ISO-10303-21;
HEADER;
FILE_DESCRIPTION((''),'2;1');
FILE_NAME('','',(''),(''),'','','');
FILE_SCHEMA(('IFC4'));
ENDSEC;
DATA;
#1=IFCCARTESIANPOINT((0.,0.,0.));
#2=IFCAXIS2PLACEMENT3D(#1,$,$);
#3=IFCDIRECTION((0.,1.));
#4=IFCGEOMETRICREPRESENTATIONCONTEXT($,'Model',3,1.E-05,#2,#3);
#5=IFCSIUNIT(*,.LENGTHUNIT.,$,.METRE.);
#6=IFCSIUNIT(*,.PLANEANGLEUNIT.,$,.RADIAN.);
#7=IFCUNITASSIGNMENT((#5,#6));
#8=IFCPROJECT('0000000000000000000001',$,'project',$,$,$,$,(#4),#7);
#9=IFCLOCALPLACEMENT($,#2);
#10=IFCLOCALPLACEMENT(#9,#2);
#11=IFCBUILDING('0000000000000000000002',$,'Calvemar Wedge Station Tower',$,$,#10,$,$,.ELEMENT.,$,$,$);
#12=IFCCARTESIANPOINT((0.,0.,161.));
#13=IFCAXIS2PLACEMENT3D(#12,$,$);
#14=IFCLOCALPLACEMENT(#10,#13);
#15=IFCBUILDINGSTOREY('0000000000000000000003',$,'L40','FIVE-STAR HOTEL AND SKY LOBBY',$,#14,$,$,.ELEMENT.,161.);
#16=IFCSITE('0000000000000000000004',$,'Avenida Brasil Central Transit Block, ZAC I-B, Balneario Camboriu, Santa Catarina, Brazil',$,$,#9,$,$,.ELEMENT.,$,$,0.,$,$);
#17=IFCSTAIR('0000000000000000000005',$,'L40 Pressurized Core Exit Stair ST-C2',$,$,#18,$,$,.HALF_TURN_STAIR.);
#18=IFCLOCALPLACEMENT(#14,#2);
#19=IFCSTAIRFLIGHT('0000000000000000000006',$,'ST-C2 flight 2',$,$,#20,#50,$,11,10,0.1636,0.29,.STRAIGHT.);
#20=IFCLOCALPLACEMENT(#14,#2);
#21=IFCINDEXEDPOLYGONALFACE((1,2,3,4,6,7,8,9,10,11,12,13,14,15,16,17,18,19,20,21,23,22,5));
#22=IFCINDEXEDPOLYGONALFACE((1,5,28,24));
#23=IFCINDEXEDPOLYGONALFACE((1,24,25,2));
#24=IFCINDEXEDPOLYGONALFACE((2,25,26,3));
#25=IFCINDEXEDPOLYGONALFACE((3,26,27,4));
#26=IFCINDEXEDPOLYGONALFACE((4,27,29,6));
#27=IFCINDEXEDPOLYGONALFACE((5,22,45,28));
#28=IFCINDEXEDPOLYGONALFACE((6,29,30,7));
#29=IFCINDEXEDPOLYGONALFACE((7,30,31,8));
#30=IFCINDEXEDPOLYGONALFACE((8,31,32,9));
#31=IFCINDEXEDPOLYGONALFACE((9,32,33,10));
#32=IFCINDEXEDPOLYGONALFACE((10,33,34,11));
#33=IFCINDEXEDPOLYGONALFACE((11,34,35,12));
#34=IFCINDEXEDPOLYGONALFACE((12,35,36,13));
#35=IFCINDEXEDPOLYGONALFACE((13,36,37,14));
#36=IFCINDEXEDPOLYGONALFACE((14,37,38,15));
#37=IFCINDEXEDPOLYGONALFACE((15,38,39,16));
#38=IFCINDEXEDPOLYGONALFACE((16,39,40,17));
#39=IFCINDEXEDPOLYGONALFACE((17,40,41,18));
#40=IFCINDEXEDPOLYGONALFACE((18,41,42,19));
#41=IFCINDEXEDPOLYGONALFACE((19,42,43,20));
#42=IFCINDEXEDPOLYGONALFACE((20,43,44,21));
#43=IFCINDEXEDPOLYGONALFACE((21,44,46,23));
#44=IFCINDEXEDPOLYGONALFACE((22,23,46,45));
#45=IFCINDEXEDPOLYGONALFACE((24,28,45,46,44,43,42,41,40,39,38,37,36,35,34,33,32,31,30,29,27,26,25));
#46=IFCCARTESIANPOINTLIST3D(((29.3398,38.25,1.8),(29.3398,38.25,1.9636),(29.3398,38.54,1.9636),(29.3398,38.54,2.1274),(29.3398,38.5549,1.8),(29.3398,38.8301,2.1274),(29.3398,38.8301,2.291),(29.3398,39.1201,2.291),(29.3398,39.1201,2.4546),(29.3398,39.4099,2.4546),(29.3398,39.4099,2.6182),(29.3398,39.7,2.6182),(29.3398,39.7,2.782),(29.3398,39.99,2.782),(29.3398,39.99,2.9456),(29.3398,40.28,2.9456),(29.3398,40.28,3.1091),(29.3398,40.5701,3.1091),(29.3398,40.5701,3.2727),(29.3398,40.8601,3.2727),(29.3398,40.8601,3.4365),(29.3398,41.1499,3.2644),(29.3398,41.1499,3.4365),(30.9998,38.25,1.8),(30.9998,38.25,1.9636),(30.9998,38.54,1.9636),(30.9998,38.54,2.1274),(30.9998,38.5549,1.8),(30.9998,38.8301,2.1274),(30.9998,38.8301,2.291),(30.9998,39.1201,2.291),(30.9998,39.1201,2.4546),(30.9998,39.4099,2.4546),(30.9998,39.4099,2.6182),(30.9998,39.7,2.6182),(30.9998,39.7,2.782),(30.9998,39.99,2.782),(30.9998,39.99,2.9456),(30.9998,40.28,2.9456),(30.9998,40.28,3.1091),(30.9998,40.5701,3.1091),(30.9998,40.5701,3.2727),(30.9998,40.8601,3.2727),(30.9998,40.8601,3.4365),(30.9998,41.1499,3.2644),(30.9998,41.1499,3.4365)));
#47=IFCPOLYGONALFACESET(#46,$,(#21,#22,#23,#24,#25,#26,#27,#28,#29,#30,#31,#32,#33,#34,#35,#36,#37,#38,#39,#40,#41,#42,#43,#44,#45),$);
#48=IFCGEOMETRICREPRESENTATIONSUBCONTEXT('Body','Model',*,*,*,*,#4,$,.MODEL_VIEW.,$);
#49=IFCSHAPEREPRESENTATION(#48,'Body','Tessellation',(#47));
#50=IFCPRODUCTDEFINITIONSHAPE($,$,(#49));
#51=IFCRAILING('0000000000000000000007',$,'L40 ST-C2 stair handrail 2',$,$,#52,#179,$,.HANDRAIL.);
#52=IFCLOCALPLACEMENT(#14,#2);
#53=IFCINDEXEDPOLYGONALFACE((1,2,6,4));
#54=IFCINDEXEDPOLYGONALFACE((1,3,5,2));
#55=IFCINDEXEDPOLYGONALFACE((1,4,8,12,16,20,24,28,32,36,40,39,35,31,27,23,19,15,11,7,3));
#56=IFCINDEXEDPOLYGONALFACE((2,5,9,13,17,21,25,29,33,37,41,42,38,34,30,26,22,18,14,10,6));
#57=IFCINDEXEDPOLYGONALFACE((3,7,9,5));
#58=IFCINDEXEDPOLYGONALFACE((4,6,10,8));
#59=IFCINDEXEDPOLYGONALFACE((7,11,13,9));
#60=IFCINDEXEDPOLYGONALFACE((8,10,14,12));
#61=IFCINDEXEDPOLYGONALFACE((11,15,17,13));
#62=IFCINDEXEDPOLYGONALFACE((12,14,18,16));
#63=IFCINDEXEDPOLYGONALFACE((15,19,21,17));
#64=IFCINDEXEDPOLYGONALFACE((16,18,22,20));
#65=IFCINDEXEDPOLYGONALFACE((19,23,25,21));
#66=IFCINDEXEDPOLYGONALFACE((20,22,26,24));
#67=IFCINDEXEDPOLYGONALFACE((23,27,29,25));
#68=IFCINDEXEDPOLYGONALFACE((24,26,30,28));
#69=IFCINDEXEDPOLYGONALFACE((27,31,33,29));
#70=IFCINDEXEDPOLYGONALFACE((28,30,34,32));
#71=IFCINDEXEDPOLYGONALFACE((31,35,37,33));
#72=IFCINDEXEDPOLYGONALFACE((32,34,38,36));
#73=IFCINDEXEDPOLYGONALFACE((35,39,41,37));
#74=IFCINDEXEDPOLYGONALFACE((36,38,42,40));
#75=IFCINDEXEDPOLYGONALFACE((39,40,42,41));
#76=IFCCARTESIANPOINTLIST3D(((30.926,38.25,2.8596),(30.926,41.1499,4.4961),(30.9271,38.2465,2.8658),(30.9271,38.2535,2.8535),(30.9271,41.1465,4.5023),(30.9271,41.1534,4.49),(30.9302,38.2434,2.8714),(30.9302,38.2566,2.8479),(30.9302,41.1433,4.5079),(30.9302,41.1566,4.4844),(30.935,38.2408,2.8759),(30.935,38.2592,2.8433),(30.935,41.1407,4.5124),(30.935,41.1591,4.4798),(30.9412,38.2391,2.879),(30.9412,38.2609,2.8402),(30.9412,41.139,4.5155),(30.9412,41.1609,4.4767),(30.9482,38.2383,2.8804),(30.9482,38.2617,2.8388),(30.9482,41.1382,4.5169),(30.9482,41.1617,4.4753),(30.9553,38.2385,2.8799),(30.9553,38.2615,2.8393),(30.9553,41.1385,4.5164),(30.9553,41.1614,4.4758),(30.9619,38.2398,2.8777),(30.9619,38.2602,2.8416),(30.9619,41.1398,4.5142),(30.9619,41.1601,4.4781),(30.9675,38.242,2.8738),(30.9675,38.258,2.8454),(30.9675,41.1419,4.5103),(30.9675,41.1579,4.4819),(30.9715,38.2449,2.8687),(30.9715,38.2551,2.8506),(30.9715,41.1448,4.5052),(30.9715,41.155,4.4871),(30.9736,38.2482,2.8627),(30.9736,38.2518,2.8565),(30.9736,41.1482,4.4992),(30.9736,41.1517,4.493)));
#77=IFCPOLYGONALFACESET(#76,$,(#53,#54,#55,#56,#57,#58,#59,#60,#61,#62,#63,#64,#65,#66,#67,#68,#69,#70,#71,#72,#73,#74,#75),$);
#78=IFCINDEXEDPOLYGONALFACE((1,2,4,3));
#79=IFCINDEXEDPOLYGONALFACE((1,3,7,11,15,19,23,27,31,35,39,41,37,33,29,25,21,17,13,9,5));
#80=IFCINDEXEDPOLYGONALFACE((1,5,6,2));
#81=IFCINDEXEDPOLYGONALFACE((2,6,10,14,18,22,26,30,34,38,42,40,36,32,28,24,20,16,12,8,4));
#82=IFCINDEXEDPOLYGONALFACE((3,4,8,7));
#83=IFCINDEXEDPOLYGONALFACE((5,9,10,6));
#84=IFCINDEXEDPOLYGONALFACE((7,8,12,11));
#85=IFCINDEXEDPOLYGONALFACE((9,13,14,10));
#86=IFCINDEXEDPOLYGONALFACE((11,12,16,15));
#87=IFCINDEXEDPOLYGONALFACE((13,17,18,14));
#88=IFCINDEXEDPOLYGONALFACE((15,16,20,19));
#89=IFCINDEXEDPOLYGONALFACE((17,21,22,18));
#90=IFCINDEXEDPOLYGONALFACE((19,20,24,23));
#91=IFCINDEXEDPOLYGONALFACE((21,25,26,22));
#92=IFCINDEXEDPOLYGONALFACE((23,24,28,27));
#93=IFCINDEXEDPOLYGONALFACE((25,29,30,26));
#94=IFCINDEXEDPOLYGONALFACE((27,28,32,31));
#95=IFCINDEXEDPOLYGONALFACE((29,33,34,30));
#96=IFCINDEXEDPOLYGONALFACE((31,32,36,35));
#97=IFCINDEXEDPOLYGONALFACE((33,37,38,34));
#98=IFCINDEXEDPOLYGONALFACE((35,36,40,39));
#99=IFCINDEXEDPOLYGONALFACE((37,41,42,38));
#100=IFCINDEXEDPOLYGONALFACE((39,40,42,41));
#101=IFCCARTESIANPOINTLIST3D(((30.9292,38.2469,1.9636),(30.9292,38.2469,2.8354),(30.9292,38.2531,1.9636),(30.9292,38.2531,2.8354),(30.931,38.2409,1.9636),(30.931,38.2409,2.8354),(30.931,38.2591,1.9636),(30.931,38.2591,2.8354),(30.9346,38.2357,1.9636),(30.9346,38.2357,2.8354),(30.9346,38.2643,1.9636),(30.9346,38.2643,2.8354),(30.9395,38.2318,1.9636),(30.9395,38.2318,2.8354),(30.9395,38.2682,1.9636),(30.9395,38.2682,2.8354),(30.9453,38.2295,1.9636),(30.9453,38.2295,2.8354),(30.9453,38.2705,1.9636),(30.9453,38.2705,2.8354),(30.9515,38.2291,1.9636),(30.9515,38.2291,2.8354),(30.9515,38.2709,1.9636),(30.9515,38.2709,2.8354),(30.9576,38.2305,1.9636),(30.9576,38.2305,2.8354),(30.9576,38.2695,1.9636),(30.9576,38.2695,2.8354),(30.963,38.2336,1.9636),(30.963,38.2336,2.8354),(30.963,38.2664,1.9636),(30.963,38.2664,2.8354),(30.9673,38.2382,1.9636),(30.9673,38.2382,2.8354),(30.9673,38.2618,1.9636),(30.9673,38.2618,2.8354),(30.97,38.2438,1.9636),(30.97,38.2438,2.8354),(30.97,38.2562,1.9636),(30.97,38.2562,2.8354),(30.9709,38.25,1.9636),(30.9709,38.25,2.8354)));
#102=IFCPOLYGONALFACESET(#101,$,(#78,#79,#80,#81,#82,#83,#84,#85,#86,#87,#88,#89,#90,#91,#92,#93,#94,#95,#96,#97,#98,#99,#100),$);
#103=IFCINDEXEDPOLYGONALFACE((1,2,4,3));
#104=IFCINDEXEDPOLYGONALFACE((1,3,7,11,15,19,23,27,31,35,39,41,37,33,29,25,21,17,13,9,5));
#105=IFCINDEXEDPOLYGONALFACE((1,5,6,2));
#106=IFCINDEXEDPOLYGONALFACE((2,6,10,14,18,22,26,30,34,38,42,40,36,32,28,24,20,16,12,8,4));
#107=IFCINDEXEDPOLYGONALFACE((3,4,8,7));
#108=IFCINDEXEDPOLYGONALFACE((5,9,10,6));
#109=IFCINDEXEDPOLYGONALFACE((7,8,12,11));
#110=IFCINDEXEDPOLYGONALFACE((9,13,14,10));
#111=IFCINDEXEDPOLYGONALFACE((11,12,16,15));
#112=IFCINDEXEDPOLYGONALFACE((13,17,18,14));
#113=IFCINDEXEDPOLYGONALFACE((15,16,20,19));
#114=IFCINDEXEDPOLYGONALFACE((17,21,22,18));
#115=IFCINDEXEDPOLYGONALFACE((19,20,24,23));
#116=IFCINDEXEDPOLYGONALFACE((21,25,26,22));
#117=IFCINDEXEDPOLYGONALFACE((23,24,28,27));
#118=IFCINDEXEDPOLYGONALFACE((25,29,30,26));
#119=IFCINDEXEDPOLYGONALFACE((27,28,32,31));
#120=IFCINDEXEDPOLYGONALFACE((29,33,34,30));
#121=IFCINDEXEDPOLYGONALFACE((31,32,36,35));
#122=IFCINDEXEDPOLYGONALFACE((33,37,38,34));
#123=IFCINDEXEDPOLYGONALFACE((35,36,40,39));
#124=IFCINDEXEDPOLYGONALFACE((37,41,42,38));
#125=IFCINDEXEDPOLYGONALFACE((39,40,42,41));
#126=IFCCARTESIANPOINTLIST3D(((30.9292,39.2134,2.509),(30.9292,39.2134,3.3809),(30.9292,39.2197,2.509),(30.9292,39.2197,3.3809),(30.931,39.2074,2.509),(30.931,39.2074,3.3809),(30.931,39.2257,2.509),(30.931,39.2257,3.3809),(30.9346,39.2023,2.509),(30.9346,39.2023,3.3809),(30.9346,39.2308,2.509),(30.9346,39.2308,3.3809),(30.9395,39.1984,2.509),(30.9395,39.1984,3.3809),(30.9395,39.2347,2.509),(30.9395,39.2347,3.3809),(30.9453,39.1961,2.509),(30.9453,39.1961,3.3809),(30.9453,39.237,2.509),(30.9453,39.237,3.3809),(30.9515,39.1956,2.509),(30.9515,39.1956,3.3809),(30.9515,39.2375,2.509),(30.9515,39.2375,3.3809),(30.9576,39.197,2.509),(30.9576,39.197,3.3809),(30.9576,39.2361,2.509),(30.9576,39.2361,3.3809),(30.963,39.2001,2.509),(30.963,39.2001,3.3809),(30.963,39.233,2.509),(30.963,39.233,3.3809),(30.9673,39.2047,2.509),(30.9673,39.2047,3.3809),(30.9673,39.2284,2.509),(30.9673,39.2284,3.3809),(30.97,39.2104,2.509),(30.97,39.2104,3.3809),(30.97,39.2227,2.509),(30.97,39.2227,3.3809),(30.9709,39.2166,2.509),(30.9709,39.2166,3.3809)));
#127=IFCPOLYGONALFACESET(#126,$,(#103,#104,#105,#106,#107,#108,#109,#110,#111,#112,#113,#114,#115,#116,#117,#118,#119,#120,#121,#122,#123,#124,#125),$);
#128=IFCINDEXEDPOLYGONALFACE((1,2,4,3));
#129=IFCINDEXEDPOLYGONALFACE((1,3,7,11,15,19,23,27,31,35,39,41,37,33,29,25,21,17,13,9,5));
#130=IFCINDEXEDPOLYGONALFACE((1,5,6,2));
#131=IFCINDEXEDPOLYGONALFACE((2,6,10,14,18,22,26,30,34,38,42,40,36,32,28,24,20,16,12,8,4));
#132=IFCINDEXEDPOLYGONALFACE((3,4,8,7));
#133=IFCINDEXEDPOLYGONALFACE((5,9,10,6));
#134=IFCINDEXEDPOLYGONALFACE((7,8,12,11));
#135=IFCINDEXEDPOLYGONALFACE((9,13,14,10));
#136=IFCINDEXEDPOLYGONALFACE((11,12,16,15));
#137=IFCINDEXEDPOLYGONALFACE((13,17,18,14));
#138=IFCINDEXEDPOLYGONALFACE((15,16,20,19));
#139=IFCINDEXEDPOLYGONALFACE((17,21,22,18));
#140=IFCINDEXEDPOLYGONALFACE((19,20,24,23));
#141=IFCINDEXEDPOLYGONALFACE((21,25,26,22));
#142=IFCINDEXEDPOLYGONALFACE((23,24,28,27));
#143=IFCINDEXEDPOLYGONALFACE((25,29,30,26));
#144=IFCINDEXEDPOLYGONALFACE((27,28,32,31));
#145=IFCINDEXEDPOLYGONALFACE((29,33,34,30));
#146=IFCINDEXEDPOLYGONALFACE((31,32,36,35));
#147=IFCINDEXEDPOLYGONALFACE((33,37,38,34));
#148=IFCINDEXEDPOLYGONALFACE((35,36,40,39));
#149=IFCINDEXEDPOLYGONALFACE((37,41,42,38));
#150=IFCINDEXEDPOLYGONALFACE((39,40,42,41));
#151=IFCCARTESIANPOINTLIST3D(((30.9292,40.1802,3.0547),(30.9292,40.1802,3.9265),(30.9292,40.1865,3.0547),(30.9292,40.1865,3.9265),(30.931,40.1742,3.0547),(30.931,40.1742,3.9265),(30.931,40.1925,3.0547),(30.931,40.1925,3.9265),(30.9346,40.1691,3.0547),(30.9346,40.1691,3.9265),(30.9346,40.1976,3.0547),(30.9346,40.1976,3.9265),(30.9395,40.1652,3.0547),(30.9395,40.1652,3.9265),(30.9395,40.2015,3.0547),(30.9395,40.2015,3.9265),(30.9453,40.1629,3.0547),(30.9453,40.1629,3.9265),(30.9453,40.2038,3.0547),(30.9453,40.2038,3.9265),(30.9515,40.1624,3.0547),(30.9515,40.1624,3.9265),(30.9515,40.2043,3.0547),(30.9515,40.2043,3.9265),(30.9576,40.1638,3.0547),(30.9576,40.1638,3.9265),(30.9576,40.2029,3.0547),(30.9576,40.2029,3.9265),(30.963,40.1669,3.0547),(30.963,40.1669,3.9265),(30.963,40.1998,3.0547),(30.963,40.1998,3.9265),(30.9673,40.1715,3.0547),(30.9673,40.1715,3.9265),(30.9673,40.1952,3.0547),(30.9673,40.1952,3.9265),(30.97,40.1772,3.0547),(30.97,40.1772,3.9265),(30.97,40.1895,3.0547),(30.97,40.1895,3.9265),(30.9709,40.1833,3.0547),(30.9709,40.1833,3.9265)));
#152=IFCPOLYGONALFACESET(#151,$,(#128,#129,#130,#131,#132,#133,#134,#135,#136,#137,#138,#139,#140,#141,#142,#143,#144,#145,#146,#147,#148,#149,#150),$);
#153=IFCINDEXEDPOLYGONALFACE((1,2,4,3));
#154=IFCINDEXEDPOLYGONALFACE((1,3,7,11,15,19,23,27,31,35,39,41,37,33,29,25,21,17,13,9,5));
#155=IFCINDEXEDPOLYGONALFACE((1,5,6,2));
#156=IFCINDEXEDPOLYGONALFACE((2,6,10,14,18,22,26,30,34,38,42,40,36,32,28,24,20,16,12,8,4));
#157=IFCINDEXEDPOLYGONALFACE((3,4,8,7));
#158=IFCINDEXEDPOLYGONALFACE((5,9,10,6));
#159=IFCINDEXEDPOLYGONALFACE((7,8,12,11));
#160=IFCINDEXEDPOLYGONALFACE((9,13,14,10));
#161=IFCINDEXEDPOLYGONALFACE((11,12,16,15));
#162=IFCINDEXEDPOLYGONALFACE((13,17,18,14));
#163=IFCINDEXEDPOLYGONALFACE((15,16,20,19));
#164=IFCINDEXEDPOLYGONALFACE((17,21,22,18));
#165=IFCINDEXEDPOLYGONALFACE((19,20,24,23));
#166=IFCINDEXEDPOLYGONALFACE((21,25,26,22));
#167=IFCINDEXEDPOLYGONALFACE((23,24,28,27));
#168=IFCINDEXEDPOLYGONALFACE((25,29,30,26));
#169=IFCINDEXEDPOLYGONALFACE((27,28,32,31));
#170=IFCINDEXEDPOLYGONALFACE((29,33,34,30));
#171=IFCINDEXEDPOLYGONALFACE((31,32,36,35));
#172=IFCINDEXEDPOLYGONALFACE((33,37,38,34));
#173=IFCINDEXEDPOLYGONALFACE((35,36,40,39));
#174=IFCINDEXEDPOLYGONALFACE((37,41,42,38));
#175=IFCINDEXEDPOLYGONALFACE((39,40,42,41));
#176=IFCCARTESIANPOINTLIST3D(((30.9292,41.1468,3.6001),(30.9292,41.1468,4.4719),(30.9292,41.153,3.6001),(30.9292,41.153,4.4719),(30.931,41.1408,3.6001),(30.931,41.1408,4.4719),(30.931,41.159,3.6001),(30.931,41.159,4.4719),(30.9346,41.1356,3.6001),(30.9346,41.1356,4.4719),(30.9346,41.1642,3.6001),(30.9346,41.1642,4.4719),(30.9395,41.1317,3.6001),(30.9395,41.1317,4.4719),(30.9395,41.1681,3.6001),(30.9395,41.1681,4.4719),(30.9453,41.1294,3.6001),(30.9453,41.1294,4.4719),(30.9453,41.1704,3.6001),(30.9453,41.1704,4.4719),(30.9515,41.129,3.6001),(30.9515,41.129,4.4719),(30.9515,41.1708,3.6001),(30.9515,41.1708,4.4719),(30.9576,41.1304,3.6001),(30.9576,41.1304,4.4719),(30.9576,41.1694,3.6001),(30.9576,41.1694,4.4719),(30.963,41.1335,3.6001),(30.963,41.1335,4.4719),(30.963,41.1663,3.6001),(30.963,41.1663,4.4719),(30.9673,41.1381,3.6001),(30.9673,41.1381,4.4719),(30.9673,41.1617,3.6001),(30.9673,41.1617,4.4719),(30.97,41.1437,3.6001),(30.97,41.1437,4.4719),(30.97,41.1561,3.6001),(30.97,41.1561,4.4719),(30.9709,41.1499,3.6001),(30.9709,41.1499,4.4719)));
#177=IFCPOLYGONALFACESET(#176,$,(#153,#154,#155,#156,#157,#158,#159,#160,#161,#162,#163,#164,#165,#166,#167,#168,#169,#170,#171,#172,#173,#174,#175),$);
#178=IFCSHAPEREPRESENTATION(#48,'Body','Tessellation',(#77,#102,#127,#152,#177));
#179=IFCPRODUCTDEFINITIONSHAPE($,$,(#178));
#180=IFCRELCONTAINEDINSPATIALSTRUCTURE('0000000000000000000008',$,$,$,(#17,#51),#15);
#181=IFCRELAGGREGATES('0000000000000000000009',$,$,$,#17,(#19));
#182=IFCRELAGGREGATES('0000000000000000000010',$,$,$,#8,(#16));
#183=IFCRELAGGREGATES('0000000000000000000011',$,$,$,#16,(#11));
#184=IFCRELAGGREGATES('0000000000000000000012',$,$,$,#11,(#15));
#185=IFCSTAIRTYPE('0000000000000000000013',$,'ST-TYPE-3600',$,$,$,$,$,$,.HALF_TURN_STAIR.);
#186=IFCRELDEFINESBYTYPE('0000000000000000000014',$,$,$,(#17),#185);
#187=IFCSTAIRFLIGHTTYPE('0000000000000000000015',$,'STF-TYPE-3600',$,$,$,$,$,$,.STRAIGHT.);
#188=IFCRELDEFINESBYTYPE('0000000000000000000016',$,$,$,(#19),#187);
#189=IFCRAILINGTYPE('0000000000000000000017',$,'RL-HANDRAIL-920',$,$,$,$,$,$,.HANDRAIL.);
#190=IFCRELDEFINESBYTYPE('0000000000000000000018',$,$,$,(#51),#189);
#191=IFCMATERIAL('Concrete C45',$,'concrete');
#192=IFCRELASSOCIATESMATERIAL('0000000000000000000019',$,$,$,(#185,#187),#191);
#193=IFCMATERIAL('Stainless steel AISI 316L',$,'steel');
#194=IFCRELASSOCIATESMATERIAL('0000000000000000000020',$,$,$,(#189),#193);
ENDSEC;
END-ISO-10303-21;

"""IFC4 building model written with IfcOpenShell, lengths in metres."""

from ifc_helpers import new_model, si_unit, direction, frame, origin, origin_2d, place, context, subcontext, project, spatial, polyline, circle, outline, extrude, material, type_object, element, aggregate, save


model = new_model("IFC4")

# Units and contexts
model_context = context("Model", 3, precision=1e-05, world=origin(), true_north=direction((0.0, 1.0)))
body_context = subcontext(model_context, "Body", "Model", "MODEL_VIEW")
ifc_project = project(units=[si_unit("LENGTHUNIT", "METRE"), si_unit("PLANEANGLEUNIT", "RADIAN")], contexts=[model_context])

# Site, building, storey
site_placement = place(None, origin())
site = spatial("IfcSite", under=ifc_project, at=site_placement, Name="Avenida Brasil Central Transit Block, ZAC I-B, Balneario Camboriu, Santa Catarina, Brazil", CompositionType="ELEMENT", RefElevation=0.0)
building_placement = place(site_placement, origin())
building = spatial("IfcBuilding", under=site, at=building_placement, Name="Calvemar Wedge Station Tower", CompositionType="ELEMENT")
storey_placement = place(building_placement, frame((0.0, 0.0, 161.0)))
storey = spatial("IfcBuildingStorey", under=building, at=storey_placement, Name="L40", Description="FIVE-STAR HOTEL AND SKY LOBBY", CompositionType="ELEMENT", Elevation=161.0)

# Stair, stair flight
ifc_material_1 = material(Name="Concrete C45", Category="concrete")
stair_type = type_object("IfcStairType", Name="ST-TYPE-3600", PredefinedType="HALF_TURN_STAIR", material=ifc_material_1)
stair_placement = place(storey_placement, origin())
stair = element("IfcStair", 1, at=stair_placement, inside=storey, type_object=stair_type, Name="L40 Pressurized Core Exit Stair ST-C2", PredefinedType="HALF_TURN_STAIR")
stair_flight_type = type_object("IfcStairFlightType", Name="STF-TYPE-3600", PredefinedType="STRAIGHT", material=ifc_material_1)
stair_flight_1_placement = place(storey_placement, frame((30.1699, 38.25, 1.8), z_axis=(0.0, 0.0, 1.0), x_axis=(0.0, 1.0, 0.0)))
stair_flight_1 = element("IfcStairFlight", 2, at=stair_flight_1_placement, type_object=stair_flight_type, Name="ST-C2 flight 2", NumberOfRisers=11, NumberOfTreads=10, PredefinedType="STRAIGHT", RiserHeight=0.1636, TreadLength=0.29, context=body_context, shape_type="SweptSolid", body=[
    extrude(outline(polyline([(0.0, 0.0), (0.0, 0.1636), (0.29, 0.1636), (0.29, 0.3274), (0.5801, 0.3274), (0.5801, 0.491), (0.8701, 0.491), (0.8701, 0.6545), (1.1599, 0.6545), (1.1599, 0.8181), (1.45, 0.8181), (1.45, 0.9819), (1.74, 0.9819), (1.74, 1.1455), (2.03, 1.1455), (2.03, 1.3091), (2.3201, 1.3091), (2.3201, 1.4727), (2.6101, 1.4727), (2.6101, 1.6365), (2.8999, 1.6365), (2.8999, 1.8), (2.8999, 1.4644), (0.3049, 0.0), (0.0, 0.0)])), frame((0.0, 0.8301, 0.0), z_axis=(0.0, -1.0, 0.0), x_axis=(1.0, 0.0, 0.0)), (0.0, 0.0, 1.0), 1.6599),
])
aggregate(stair, [stair_flight_1])

# Railing
ifc_material_2 = material(Name="Stainless steel AISI 316L", Category="steel")
railing_type_1 = type_object("IfcRailingType", Name="RL-HANDRAIL-920", PredefinedType="HANDRAIL", material=ifc_material_2)
railing_1_placement = place(storey_placement, frame((30.95, 38.25, 1.9636)))
element("IfcRailing", 3, at=railing_1_placement, inside=storey, type_object=railing_type_1, Name="L40 ST-C2 stair handrail 2", PredefinedType="HANDRAIL", context=body_context, shape_type="SweptSolid", body=[
    extrude(circle(Radius=0.0239, at=origin_2d()), frame((0.0, 0.0, 0.896), z_axis=(0.0, 0.870897, 0.491465), x_axis=(-1.0, 0.0, 0.0)), (0.0, 0.0, 1.0), 3.3298),
    extrude(circle(Radius=0.021, at=origin_2d()), origin(), (0.0, 0.0, 1.0), 0.8718),
    extrude(circle(Radius=0.021, at=origin_2d()), frame((0.0, 0.9666, 0.5454)), (0.0, 0.0, 1.0), 0.8718),
    extrude(circle(Radius=0.021, at=origin_2d()), frame((0.0, 1.9333, 1.0911)), (0.0, 0.0, 1.0), 0.8718),
    extrude(circle(Radius=0.021, at=origin_2d()), frame((0.0, 2.8999, 1.6365)), (0.0, 0.0, 1.0), 0.8718),
])

save(model, "model.ifc")
